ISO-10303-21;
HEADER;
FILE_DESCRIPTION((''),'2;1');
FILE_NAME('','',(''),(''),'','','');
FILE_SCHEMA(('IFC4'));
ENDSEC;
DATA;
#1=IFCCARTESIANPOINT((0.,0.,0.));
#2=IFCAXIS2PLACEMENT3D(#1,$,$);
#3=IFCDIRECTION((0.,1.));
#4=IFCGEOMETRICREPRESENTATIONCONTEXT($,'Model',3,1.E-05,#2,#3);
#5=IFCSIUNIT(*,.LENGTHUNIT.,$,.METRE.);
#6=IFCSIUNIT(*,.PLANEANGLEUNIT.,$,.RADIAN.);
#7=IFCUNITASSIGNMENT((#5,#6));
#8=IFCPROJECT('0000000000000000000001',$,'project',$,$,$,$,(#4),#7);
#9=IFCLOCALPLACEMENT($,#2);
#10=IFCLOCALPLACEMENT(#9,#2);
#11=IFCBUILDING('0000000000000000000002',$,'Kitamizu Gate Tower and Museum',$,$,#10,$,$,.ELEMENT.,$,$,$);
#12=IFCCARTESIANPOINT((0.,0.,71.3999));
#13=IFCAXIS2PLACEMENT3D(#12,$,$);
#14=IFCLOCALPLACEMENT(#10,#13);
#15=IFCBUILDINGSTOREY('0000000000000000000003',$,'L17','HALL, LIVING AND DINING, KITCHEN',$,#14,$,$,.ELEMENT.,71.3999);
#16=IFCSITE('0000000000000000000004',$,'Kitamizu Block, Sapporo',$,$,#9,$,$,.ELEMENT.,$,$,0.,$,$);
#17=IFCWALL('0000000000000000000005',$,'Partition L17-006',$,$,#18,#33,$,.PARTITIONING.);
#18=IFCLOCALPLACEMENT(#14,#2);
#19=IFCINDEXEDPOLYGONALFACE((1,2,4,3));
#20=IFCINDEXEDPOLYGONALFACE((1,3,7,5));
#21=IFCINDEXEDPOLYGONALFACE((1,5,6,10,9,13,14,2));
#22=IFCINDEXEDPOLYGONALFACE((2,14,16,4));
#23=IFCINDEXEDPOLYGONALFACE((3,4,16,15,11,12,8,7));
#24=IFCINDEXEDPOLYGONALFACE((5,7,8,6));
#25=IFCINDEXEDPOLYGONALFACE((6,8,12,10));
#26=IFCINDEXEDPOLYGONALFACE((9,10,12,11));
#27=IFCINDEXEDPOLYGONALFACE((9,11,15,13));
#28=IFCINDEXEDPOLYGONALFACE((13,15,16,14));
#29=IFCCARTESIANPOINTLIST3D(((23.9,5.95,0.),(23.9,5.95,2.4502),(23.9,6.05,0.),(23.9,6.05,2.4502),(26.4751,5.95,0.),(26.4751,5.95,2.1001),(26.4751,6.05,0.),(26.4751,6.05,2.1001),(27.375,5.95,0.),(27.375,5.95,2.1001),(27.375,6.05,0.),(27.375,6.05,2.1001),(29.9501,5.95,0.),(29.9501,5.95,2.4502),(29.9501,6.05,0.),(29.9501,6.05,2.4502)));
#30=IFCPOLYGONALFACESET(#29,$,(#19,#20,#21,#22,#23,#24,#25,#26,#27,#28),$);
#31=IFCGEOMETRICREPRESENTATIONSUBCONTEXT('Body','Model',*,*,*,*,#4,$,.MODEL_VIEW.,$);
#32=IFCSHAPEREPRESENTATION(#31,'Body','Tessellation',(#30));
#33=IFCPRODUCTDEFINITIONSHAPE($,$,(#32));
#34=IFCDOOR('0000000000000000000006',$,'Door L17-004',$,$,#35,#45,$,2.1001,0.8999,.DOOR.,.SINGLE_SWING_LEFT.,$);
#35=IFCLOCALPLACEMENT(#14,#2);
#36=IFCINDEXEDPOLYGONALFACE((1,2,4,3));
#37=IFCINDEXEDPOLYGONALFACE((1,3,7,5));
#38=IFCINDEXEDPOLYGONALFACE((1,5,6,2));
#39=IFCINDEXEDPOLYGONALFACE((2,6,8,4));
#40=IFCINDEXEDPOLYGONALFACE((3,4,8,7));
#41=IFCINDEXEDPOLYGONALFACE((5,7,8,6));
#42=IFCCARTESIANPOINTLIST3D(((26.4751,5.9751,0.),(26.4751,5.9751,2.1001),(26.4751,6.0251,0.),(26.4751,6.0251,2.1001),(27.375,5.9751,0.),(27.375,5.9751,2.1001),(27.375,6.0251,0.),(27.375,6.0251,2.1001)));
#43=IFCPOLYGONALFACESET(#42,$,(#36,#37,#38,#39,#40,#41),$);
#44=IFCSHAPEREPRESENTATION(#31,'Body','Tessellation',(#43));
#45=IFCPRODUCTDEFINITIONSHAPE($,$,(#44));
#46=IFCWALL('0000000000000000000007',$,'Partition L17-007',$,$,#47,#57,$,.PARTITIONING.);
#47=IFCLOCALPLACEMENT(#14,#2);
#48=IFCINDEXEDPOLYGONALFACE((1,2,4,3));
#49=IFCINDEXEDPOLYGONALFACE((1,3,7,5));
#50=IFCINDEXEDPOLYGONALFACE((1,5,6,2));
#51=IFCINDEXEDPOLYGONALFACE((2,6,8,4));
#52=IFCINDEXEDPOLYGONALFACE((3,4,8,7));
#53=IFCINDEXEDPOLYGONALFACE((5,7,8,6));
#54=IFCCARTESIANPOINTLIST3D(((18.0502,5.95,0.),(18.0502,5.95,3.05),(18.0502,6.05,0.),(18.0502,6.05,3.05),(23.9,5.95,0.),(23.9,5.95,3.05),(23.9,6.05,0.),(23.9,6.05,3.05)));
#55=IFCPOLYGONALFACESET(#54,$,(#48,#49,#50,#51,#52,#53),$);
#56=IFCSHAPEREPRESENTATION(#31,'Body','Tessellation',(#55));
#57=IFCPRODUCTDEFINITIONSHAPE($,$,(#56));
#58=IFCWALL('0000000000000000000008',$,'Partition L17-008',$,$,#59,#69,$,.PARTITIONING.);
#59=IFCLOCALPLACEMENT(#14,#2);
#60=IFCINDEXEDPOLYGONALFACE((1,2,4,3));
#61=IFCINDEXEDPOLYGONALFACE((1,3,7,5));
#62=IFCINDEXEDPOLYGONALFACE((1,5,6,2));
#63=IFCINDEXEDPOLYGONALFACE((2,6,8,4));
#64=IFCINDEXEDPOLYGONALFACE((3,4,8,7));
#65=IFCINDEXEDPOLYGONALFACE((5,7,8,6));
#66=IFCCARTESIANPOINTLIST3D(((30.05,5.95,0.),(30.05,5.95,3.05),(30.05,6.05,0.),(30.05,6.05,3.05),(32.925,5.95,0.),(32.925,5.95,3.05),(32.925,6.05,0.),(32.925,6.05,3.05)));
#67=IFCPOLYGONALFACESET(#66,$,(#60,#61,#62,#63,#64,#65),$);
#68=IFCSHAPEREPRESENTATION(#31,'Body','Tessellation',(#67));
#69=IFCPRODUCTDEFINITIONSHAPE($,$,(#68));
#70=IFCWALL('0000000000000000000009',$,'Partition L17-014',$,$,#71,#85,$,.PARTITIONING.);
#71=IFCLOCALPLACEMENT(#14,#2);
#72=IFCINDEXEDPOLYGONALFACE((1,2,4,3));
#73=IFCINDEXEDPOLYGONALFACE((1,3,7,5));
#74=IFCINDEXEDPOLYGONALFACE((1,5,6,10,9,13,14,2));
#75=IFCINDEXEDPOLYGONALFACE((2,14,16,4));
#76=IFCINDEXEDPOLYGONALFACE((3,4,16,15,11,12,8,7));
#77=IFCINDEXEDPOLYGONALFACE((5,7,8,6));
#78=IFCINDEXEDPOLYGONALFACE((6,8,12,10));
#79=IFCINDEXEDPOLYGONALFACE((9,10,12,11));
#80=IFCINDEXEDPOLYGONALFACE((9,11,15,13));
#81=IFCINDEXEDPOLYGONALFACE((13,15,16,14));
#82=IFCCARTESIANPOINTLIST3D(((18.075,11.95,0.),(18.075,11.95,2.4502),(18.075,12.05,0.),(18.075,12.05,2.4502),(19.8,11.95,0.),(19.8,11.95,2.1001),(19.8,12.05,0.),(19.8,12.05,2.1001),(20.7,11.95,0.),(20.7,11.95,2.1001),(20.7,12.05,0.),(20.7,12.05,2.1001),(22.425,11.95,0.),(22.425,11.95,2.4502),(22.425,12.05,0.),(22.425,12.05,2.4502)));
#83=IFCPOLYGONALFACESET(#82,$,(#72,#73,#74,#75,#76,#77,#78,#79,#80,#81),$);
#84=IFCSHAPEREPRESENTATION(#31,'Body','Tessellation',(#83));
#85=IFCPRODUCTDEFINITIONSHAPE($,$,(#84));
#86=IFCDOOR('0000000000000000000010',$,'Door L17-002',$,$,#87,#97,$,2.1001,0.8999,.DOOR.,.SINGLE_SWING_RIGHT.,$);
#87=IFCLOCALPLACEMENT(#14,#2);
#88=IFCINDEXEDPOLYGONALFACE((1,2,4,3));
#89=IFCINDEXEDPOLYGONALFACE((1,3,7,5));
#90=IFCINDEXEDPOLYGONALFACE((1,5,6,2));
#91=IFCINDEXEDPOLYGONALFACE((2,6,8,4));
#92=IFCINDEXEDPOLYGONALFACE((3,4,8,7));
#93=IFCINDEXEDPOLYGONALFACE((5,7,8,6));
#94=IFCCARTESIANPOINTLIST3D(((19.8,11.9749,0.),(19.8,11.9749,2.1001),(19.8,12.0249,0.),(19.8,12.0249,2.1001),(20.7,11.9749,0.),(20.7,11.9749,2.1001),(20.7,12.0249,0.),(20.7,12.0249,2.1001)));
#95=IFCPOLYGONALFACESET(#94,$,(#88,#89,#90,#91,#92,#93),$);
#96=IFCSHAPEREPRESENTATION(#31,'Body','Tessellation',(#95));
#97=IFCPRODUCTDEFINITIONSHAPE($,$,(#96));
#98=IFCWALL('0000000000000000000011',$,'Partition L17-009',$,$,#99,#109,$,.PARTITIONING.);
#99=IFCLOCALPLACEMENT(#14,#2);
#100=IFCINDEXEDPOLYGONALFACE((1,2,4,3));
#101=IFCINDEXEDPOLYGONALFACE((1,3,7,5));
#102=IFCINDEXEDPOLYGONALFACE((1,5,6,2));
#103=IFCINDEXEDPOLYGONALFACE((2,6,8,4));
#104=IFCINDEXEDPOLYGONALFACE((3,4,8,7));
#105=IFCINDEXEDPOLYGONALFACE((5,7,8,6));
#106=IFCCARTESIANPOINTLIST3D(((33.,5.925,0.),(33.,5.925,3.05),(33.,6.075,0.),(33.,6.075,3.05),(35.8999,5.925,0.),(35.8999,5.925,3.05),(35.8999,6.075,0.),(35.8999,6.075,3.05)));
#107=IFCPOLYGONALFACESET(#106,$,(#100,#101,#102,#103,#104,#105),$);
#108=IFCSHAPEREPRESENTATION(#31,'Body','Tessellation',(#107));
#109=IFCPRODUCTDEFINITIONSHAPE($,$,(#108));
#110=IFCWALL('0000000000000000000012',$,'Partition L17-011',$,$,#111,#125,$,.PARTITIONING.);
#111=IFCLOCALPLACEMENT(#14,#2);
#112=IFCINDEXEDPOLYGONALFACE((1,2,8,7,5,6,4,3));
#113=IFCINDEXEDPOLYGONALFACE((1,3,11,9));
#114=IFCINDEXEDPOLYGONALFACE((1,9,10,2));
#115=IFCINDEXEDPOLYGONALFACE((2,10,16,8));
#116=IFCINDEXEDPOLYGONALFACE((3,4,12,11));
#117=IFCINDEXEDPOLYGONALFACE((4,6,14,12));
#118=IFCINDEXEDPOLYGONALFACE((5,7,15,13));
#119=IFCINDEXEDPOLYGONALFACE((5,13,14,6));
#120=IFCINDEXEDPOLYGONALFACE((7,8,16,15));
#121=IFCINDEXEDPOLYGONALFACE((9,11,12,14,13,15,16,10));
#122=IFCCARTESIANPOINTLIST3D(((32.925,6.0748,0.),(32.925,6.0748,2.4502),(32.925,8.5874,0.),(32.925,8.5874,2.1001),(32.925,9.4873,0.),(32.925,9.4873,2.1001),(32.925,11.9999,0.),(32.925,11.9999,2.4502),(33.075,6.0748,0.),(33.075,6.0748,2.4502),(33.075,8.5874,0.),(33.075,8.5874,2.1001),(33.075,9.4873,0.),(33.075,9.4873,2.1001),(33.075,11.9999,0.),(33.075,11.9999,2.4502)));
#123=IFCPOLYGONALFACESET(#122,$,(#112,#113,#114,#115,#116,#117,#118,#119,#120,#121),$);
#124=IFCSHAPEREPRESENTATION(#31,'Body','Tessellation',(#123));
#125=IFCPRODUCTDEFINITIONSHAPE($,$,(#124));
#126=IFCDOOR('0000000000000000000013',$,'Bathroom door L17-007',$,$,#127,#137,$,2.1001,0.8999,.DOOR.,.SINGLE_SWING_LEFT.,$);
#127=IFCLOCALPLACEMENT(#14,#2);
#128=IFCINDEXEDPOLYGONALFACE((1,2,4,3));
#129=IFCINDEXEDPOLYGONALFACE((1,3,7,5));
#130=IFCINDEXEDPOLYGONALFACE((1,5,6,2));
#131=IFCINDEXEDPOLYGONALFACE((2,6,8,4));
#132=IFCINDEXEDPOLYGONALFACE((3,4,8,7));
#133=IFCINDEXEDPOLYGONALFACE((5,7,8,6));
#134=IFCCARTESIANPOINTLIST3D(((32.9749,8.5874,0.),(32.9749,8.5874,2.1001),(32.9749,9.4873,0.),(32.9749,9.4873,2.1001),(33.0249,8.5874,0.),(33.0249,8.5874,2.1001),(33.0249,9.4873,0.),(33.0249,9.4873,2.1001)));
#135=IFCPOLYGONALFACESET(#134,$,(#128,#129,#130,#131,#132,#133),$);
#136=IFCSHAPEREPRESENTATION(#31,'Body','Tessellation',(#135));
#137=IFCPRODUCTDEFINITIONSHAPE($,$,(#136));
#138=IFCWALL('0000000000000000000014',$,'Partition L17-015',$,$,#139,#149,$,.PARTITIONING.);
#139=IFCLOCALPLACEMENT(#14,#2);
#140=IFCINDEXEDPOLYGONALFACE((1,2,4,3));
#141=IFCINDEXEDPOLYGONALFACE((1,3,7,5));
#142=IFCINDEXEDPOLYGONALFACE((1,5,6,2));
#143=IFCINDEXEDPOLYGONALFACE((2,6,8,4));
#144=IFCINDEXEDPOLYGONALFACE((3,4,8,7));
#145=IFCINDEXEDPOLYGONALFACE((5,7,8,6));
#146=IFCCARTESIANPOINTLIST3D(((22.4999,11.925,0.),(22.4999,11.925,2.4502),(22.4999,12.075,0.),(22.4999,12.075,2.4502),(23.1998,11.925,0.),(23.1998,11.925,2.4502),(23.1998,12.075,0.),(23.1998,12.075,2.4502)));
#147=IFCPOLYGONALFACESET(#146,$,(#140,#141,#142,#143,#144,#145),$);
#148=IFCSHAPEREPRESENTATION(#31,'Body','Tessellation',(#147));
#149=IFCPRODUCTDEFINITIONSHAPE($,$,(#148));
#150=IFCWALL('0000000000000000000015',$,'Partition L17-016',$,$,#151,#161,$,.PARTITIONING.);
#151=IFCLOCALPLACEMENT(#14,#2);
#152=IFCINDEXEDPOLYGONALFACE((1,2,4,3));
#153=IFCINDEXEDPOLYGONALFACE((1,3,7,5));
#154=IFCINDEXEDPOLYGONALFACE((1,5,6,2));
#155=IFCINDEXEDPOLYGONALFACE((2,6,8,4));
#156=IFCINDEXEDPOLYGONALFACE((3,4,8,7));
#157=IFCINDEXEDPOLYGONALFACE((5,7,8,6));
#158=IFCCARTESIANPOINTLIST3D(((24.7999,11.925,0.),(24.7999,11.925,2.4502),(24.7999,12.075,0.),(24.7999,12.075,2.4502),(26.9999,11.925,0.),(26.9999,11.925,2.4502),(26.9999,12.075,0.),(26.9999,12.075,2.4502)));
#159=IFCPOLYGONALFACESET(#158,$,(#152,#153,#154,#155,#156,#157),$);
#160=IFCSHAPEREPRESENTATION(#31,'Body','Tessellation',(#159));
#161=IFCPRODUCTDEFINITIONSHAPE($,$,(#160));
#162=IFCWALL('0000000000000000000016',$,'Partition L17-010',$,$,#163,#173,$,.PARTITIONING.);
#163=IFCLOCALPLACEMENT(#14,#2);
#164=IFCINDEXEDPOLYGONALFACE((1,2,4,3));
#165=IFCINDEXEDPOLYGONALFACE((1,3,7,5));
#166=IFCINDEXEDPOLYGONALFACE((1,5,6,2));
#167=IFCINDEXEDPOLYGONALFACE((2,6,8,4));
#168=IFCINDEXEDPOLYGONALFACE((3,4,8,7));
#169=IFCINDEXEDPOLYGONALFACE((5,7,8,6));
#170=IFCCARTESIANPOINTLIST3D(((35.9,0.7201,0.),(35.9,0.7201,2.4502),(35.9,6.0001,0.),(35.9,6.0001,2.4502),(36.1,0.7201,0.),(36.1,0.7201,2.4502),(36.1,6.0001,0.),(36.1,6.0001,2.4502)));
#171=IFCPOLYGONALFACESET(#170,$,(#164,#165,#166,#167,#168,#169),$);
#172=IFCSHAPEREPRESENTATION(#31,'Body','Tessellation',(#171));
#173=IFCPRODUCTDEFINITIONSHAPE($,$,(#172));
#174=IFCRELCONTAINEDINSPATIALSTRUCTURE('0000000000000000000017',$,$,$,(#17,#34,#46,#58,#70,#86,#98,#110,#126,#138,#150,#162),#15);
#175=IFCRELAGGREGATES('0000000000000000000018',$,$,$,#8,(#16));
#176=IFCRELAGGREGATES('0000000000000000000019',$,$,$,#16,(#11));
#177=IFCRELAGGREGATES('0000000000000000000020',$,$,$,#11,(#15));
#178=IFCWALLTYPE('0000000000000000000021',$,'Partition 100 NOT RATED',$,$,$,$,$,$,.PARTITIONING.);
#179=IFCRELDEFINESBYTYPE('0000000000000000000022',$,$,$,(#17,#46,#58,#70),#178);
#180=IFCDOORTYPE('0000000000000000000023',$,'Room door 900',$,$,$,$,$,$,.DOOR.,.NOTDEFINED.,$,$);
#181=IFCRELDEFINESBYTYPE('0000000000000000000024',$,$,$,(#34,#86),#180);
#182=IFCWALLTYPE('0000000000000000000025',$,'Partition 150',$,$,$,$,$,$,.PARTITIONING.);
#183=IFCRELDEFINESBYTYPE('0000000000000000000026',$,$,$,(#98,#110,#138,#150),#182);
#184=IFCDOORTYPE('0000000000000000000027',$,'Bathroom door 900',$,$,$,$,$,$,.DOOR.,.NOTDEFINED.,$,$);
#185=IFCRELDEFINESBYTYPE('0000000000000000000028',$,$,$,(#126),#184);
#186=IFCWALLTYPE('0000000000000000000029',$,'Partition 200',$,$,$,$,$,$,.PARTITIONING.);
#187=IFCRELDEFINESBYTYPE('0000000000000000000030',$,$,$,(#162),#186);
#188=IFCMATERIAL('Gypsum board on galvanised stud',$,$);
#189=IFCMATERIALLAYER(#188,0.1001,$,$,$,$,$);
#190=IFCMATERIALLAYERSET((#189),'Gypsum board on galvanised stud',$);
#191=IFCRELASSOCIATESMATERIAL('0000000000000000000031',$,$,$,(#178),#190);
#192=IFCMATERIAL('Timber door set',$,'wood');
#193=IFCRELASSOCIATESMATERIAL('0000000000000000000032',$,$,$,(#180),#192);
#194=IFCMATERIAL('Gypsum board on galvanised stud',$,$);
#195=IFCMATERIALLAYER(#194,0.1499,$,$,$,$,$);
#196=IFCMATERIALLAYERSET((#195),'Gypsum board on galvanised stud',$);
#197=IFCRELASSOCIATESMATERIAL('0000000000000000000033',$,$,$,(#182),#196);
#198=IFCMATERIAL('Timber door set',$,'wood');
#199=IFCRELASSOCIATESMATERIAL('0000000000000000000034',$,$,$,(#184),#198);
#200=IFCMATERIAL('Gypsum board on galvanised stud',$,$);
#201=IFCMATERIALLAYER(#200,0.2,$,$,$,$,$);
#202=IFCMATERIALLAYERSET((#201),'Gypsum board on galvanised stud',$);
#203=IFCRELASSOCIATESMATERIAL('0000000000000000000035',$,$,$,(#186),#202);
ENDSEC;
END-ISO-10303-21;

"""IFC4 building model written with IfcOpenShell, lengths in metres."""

from ifc_helpers import new_model, si_unit, direction, frame, frame_2d, origin, place, context, subcontext, project, spatial, rectangle, extrude, material, layer, layer_set, type_object, element, fill, save


model = new_model("IFC4")

# Units and contexts
model_context = context("Model", 3, precision=1e-05, world=origin(), true_north=direction((0.0, 1.0)))
body_context = subcontext(model_context, "Body", "Model", "MODEL_VIEW")
ifc_project = project(units=[si_unit("LENGTHUNIT", "METRE"), si_unit("PLANEANGLEUNIT", "RADIAN")], contexts=[model_context])

# Site, building, storey
site_placement = place(None, origin())
site = spatial("IfcSite", under=ifc_project, at=site_placement, Name="Kitamizu Block, Sapporo", CompositionType="ELEMENT", RefElevation=0.0)
building_placement = place(site_placement, origin())
building = spatial("IfcBuilding", under=site, at=building_placement, Name="Kitamizu Gate Tower and Museum", CompositionType="ELEMENT")
storey_placement = place(building_placement, frame((0.0, 0.0, 71.3999)))
storey = spatial("IfcBuildingStorey", under=building, at=storey_placement, Name="L17", Description="HALL, LIVING AND DINING, KITCHEN", CompositionType="ELEMENT", Elevation=71.3999)

# Wall, opening, door
ifc_material_1 = material(Name="Gypsum board on galvanised stud")
ifc_layer_1 = layer(ifc_material_1, 0.1001)
ifc_layer_set_1 = layer_set([ifc_layer_1], Name="Gypsum board on galvanised stud")
wall_type_1 = type_object("IfcWallType", Name="Partition 100 NOT RATED", PredefinedType="PARTITIONING", material=ifc_layer_set_1)
ifc_material_2 = material(Name="Timber door set", Category="wood")
door_type_1 = type_object("IfcDoorType", Name="Room door 900", OperationType="NOTDEFINED", PredefinedType="DOOR", material=ifc_material_2)
wall_1_placement = place(storey_placement, frame((29.95, 6.0, 0.0), z_axis=(0.0, 0.0, 1.0), x_axis=(-1.0, 0.0, 0.0)))
wall_1 = element("IfcWall", 1, at=wall_1_placement, inside=storey, type_object=wall_type_1, Name="Partition L17-006", PredefinedType="PARTITIONING", context=body_context, shape_type="SweptSolid", body=[
    extrude(rectangle(XDim=6.05, YDim=0.1001, at=frame_2d((3.0249, 0.0))), origin(), (0.0, 0.0, 1.0), 2.4502),
])
opening_1_placement = place(wall_1_placement, frame((2.575, 0.0, 0.0)))
opening_1 = element("IfcOpeningElement", 2, at=opening_1_placement, cuts=wall_1, PredefinedType="OPENING", context=body_context, shape_type="SweptSolid", body=[
    extrude(rectangle(XDim=0.8999, YDim=2.1001, at=frame_2d((0.45, 1.05))), frame((0.0, 0.0601, 0.0), z_axis=(0.0, -1.0, 0.0), x_axis=(1.0, 0.0, 0.0)), (0.0, 0.0, 1.0), 0.1201),
])
door_1_placement = place(opening_1_placement, origin())
door_1 = element("IfcDoor", 3, at=door_1_placement, inside=storey, type_object=door_type_1, Name="Door L17-004", OperationType="SINGLE_SWING_LEFT", OverallHeight=2.1001, OverallWidth=0.8999, PredefinedType="DOOR", context=body_context, shape_type="SweptSolid", body=[
    extrude(rectangle(XDim=0.8999, YDim=2.1001, at=frame_2d((0.45, 1.05))), frame((0.0, 0.0249, 0.0), z_axis=(0.0, -1.0, 0.0), x_axis=(1.0, 0.0, 0.0)), (0.0, 0.0, 1.0), 0.05),
])
fill(opening_1, door_1)

# Walls
wall_2_placement = place(storey_placement, frame((23.8999, 6.0, 0.0), z_axis=(0.0, 0.0, 1.0), x_axis=(-1.0, 0.0, 0.0)))
element("IfcWall", 4, at=wall_2_placement, inside=storey, type_object=wall_type_1, Name="Partition L17-007", PredefinedType="PARTITIONING", context=body_context, shape_type="SweptSolid", body=[
    extrude(rectangle(XDim=5.8499, YDim=0.1001, at=frame_2d((2.9248, 0.0))), origin(), (0.0, 0.0, 1.0), 3.05),
])
wall_3_placement = place(storey_placement, frame((32.925, 6.0, 0.0), z_axis=(0.0, 0.0, 1.0), x_axis=(-1.0, 0.0, 0.0)))
element("IfcWall", 5, at=wall_3_placement, inside=storey, type_object=wall_type_1, Name="Partition L17-008", PredefinedType="PARTITIONING", context=body_context, shape_type="SweptSolid", body=[
    extrude(rectangle(XDim=2.875, YDim=0.1001, at=frame_2d((1.4375, 0.0))), origin(), (0.0, 0.0, 1.0), 3.05),
])

# Wall, opening, door
wall_4_placement = place(storey_placement, frame((22.425, 12.0, 0.0), z_axis=(0.0, 0.0, 1.0), x_axis=(-1.0, 0.0, 0.0)))
wall_4 = element("IfcWall", 6, at=wall_4_placement, inside=storey, type_object=wall_type_1, Name="Partition L17-014", PredefinedType="PARTITIONING", context=body_context, shape_type="SweptSolid", body=[
    extrude(rectangle(XDim=4.3501, YDim=0.1001, at=frame_2d((2.175, 0.0))), origin(), (0.0, 0.0, 1.0), 2.4502),
])
opening_2_placement = place(wall_4_placement, frame((1.7251, 0.0, 0.0)))
opening_2 = element("IfcOpeningElement", 7, at=opening_2_placement, cuts=wall_4, PredefinedType="OPENING", context=body_context, shape_type="SweptSolid", body=[
    extrude(rectangle(XDim=0.8999, YDim=2.1001, at=frame_2d((0.45, 1.05))), frame((0.0, 0.0601, 0.0), z_axis=(0.0, -1.0, 0.0), x_axis=(1.0, 0.0, 0.0)), (0.0, 0.0, 1.0), 0.1201),
])
door_2_placement = place(opening_2_placement, frame((0.8999, 0.0, 0.0), x_axis=(-1.0, 0.0, 0.0)))
door_2 = element("IfcDoor", 8, at=door_2_placement, inside=storey, type_object=door_type_1, Name="Door L17-002", OperationType="SINGLE_SWING_RIGHT", OverallHeight=2.1001, OverallWidth=0.8999, PredefinedType="DOOR", context=body_context, shape_type="SweptSolid", body=[
    extrude(rectangle(XDim=0.8999, YDim=2.1001, at=frame_2d((0.45, 1.05))), frame((0.0, 0.0249, 0.0), z_axis=(0.0, -1.0, 0.0), x_axis=(1.0, 0.0, 0.0)), (0.0, 0.0, 1.0), 0.05),
])
fill(opening_2, door_2)

# Wall
ifc_material_3 = material(Name="Gypsum board on galvanised stud")
ifc_layer_2 = layer(ifc_material_3, 0.1499)
ifc_layer_set_2 = layer_set([ifc_layer_2], Name="Gypsum board on galvanised stud")
wall_type_2 = type_object("IfcWallType", Name="Partition 150", PredefinedType="PARTITIONING", material=ifc_layer_set_2)
wall_5_placement = place(storey_placement, frame((35.8999, 6.0, 0.0), z_axis=(0.0, 0.0, 1.0), x_axis=(-1.0, 0.0, 0.0)))
element("IfcWall", 9, at=wall_5_placement, inside=storey, type_object=wall_type_2, Name="Partition L17-009", PredefinedType="PARTITIONING", context=body_context, shape_type="SweptSolid", body=[
    extrude(rectangle(XDim=2.8999, YDim=0.1499, at=frame_2d((1.45, 0.0))), origin(), (0.0, 0.0, 1.0), 3.05),
])

# Wall, opening, door
wall_6_placement = place(storey_placement, frame((33.0, 6.075, 0.0), z_axis=(0.0, 0.0, 1.0), x_axis=(0.0, 1.0, 0.0)))
wall_6 = element("IfcWall", 10, at=wall_6_placement, inside=storey, type_object=wall_type_2, Name="Partition L17-011", PredefinedType="PARTITIONING", context=body_context, shape_type="SweptSolid", body=[
    extrude(rectangle(XDim=5.925, YDim=0.1499, at=frame_2d((2.9624, 0.0))), origin(), (0.0, 0.0, 1.0), 2.4502),
])
opening_3_placement = place(wall_6_placement, frame((2.5125, 0.0, 0.0)))
opening_3 = element("IfcOpeningElement", 11, at=opening_3_placement, cuts=wall_6, PredefinedType="OPENING", context=body_context, shape_type="SweptSolid", body=[
    extrude(rectangle(XDim=0.8999, YDim=2.1001, at=frame_2d((0.45, 1.05))), frame((0.0, 0.085, 0.0), z_axis=(0.0, -1.0, 0.0), x_axis=(1.0, 0.0, 0.0)), (0.0, 0.0, 1.0), 0.1699),
])
ifc_material_4 = material(Name="Timber door set", Category="wood")
door_type_2 = type_object("IfcDoorType", Name="Bathroom door 900", OperationType="NOTDEFINED", PredefinedType="DOOR", material=ifc_material_4)
door_3_placement = place(opening_3_placement, frame((0.8999, 0.0, 0.0), x_axis=(-1.0, 0.0, 0.0)))
door_3 = element("IfcDoor", 12, at=door_3_placement, inside=storey, type_object=door_type_2, Name="Bathroom door L17-007", OperationType="SINGLE_SWING_LEFT", OverallHeight=2.1001, OverallWidth=0.8999, PredefinedType="DOOR", context=body_context, shape_type="SweptSolid", body=[
    extrude(rectangle(XDim=0.8999, YDim=2.1001, at=frame_2d((0.45, 1.05))), frame((0.0, 0.0249, 0.0), z_axis=(0.0, -1.0, 0.0), x_axis=(1.0, 0.0, 0.0)), (0.0, 0.0, 1.0), 0.05),
])
fill(opening_3, door_3)

# Walls
wall_7_placement = place(storey_placement, frame((23.2, 12.0, 0.0), z_axis=(0.0, 0.0, 1.0), x_axis=(-1.0, 0.0, 0.0)))
element("IfcWall", 13, at=wall_7_placement, inside=storey, type_object=wall_type_2, Name="Partition L17-015", PredefinedType="PARTITIONING", context=body_context, shape_type="SweptSolid", body=[
    extrude(rectangle(XDim=0.7, YDim=0.1499, at=frame_2d((0.3501, 0.0))), origin(), (0.0, 0.0, 1.0), 2.4502),
])
wall_8_placement = place(storey_placement, frame((27.0, 12.0, 0.0), z_axis=(0.0, 0.0, 1.0), x_axis=(-1.0, 0.0, 0.0)))
element("IfcWall", 14, at=wall_8_placement, inside=storey, type_object=wall_type_2, Name="Partition L17-016", PredefinedType="PARTITIONING", context=body_context, shape_type="SweptSolid", body=[
    extrude(rectangle(XDim=2.2, YDim=0.1499, at=frame_2d((1.1001, 0.0))), origin(), (0.0, 0.0, 1.0), 2.4502),
])
ifc_material_5 = material(Name="Gypsum board on galvanised stud")
ifc_layer_3 = layer(ifc_material_5, 0.2)
ifc_layer_set_3 = layer_set([ifc_layer_3], Name="Gypsum board on galvanised stud")
wall_type_3 = type_object("IfcWallType", Name="Partition 200", PredefinedType="PARTITIONING", material=ifc_layer_set_3)
wall_9_placement = place(storey_placement, frame((36.0, 0.72, 0.0), z_axis=(0.0, 0.0, 1.0), x_axis=(0.0, 1.0, 0.0)))
element("IfcWall", 15, at=wall_9_placement, inside=storey, type_object=wall_type_3, Name="Partition L17-010", PredefinedType="PARTITIONING", context=body_context, shape_type="SweptSolid", body=[
    extrude(rectangle(XDim=5.28, YDim=0.2, at=frame_2d((2.6401, 0.0))), origin(), (0.0, 0.0, 1.0), 2.4502),
])

save(model, "model.ifc")
